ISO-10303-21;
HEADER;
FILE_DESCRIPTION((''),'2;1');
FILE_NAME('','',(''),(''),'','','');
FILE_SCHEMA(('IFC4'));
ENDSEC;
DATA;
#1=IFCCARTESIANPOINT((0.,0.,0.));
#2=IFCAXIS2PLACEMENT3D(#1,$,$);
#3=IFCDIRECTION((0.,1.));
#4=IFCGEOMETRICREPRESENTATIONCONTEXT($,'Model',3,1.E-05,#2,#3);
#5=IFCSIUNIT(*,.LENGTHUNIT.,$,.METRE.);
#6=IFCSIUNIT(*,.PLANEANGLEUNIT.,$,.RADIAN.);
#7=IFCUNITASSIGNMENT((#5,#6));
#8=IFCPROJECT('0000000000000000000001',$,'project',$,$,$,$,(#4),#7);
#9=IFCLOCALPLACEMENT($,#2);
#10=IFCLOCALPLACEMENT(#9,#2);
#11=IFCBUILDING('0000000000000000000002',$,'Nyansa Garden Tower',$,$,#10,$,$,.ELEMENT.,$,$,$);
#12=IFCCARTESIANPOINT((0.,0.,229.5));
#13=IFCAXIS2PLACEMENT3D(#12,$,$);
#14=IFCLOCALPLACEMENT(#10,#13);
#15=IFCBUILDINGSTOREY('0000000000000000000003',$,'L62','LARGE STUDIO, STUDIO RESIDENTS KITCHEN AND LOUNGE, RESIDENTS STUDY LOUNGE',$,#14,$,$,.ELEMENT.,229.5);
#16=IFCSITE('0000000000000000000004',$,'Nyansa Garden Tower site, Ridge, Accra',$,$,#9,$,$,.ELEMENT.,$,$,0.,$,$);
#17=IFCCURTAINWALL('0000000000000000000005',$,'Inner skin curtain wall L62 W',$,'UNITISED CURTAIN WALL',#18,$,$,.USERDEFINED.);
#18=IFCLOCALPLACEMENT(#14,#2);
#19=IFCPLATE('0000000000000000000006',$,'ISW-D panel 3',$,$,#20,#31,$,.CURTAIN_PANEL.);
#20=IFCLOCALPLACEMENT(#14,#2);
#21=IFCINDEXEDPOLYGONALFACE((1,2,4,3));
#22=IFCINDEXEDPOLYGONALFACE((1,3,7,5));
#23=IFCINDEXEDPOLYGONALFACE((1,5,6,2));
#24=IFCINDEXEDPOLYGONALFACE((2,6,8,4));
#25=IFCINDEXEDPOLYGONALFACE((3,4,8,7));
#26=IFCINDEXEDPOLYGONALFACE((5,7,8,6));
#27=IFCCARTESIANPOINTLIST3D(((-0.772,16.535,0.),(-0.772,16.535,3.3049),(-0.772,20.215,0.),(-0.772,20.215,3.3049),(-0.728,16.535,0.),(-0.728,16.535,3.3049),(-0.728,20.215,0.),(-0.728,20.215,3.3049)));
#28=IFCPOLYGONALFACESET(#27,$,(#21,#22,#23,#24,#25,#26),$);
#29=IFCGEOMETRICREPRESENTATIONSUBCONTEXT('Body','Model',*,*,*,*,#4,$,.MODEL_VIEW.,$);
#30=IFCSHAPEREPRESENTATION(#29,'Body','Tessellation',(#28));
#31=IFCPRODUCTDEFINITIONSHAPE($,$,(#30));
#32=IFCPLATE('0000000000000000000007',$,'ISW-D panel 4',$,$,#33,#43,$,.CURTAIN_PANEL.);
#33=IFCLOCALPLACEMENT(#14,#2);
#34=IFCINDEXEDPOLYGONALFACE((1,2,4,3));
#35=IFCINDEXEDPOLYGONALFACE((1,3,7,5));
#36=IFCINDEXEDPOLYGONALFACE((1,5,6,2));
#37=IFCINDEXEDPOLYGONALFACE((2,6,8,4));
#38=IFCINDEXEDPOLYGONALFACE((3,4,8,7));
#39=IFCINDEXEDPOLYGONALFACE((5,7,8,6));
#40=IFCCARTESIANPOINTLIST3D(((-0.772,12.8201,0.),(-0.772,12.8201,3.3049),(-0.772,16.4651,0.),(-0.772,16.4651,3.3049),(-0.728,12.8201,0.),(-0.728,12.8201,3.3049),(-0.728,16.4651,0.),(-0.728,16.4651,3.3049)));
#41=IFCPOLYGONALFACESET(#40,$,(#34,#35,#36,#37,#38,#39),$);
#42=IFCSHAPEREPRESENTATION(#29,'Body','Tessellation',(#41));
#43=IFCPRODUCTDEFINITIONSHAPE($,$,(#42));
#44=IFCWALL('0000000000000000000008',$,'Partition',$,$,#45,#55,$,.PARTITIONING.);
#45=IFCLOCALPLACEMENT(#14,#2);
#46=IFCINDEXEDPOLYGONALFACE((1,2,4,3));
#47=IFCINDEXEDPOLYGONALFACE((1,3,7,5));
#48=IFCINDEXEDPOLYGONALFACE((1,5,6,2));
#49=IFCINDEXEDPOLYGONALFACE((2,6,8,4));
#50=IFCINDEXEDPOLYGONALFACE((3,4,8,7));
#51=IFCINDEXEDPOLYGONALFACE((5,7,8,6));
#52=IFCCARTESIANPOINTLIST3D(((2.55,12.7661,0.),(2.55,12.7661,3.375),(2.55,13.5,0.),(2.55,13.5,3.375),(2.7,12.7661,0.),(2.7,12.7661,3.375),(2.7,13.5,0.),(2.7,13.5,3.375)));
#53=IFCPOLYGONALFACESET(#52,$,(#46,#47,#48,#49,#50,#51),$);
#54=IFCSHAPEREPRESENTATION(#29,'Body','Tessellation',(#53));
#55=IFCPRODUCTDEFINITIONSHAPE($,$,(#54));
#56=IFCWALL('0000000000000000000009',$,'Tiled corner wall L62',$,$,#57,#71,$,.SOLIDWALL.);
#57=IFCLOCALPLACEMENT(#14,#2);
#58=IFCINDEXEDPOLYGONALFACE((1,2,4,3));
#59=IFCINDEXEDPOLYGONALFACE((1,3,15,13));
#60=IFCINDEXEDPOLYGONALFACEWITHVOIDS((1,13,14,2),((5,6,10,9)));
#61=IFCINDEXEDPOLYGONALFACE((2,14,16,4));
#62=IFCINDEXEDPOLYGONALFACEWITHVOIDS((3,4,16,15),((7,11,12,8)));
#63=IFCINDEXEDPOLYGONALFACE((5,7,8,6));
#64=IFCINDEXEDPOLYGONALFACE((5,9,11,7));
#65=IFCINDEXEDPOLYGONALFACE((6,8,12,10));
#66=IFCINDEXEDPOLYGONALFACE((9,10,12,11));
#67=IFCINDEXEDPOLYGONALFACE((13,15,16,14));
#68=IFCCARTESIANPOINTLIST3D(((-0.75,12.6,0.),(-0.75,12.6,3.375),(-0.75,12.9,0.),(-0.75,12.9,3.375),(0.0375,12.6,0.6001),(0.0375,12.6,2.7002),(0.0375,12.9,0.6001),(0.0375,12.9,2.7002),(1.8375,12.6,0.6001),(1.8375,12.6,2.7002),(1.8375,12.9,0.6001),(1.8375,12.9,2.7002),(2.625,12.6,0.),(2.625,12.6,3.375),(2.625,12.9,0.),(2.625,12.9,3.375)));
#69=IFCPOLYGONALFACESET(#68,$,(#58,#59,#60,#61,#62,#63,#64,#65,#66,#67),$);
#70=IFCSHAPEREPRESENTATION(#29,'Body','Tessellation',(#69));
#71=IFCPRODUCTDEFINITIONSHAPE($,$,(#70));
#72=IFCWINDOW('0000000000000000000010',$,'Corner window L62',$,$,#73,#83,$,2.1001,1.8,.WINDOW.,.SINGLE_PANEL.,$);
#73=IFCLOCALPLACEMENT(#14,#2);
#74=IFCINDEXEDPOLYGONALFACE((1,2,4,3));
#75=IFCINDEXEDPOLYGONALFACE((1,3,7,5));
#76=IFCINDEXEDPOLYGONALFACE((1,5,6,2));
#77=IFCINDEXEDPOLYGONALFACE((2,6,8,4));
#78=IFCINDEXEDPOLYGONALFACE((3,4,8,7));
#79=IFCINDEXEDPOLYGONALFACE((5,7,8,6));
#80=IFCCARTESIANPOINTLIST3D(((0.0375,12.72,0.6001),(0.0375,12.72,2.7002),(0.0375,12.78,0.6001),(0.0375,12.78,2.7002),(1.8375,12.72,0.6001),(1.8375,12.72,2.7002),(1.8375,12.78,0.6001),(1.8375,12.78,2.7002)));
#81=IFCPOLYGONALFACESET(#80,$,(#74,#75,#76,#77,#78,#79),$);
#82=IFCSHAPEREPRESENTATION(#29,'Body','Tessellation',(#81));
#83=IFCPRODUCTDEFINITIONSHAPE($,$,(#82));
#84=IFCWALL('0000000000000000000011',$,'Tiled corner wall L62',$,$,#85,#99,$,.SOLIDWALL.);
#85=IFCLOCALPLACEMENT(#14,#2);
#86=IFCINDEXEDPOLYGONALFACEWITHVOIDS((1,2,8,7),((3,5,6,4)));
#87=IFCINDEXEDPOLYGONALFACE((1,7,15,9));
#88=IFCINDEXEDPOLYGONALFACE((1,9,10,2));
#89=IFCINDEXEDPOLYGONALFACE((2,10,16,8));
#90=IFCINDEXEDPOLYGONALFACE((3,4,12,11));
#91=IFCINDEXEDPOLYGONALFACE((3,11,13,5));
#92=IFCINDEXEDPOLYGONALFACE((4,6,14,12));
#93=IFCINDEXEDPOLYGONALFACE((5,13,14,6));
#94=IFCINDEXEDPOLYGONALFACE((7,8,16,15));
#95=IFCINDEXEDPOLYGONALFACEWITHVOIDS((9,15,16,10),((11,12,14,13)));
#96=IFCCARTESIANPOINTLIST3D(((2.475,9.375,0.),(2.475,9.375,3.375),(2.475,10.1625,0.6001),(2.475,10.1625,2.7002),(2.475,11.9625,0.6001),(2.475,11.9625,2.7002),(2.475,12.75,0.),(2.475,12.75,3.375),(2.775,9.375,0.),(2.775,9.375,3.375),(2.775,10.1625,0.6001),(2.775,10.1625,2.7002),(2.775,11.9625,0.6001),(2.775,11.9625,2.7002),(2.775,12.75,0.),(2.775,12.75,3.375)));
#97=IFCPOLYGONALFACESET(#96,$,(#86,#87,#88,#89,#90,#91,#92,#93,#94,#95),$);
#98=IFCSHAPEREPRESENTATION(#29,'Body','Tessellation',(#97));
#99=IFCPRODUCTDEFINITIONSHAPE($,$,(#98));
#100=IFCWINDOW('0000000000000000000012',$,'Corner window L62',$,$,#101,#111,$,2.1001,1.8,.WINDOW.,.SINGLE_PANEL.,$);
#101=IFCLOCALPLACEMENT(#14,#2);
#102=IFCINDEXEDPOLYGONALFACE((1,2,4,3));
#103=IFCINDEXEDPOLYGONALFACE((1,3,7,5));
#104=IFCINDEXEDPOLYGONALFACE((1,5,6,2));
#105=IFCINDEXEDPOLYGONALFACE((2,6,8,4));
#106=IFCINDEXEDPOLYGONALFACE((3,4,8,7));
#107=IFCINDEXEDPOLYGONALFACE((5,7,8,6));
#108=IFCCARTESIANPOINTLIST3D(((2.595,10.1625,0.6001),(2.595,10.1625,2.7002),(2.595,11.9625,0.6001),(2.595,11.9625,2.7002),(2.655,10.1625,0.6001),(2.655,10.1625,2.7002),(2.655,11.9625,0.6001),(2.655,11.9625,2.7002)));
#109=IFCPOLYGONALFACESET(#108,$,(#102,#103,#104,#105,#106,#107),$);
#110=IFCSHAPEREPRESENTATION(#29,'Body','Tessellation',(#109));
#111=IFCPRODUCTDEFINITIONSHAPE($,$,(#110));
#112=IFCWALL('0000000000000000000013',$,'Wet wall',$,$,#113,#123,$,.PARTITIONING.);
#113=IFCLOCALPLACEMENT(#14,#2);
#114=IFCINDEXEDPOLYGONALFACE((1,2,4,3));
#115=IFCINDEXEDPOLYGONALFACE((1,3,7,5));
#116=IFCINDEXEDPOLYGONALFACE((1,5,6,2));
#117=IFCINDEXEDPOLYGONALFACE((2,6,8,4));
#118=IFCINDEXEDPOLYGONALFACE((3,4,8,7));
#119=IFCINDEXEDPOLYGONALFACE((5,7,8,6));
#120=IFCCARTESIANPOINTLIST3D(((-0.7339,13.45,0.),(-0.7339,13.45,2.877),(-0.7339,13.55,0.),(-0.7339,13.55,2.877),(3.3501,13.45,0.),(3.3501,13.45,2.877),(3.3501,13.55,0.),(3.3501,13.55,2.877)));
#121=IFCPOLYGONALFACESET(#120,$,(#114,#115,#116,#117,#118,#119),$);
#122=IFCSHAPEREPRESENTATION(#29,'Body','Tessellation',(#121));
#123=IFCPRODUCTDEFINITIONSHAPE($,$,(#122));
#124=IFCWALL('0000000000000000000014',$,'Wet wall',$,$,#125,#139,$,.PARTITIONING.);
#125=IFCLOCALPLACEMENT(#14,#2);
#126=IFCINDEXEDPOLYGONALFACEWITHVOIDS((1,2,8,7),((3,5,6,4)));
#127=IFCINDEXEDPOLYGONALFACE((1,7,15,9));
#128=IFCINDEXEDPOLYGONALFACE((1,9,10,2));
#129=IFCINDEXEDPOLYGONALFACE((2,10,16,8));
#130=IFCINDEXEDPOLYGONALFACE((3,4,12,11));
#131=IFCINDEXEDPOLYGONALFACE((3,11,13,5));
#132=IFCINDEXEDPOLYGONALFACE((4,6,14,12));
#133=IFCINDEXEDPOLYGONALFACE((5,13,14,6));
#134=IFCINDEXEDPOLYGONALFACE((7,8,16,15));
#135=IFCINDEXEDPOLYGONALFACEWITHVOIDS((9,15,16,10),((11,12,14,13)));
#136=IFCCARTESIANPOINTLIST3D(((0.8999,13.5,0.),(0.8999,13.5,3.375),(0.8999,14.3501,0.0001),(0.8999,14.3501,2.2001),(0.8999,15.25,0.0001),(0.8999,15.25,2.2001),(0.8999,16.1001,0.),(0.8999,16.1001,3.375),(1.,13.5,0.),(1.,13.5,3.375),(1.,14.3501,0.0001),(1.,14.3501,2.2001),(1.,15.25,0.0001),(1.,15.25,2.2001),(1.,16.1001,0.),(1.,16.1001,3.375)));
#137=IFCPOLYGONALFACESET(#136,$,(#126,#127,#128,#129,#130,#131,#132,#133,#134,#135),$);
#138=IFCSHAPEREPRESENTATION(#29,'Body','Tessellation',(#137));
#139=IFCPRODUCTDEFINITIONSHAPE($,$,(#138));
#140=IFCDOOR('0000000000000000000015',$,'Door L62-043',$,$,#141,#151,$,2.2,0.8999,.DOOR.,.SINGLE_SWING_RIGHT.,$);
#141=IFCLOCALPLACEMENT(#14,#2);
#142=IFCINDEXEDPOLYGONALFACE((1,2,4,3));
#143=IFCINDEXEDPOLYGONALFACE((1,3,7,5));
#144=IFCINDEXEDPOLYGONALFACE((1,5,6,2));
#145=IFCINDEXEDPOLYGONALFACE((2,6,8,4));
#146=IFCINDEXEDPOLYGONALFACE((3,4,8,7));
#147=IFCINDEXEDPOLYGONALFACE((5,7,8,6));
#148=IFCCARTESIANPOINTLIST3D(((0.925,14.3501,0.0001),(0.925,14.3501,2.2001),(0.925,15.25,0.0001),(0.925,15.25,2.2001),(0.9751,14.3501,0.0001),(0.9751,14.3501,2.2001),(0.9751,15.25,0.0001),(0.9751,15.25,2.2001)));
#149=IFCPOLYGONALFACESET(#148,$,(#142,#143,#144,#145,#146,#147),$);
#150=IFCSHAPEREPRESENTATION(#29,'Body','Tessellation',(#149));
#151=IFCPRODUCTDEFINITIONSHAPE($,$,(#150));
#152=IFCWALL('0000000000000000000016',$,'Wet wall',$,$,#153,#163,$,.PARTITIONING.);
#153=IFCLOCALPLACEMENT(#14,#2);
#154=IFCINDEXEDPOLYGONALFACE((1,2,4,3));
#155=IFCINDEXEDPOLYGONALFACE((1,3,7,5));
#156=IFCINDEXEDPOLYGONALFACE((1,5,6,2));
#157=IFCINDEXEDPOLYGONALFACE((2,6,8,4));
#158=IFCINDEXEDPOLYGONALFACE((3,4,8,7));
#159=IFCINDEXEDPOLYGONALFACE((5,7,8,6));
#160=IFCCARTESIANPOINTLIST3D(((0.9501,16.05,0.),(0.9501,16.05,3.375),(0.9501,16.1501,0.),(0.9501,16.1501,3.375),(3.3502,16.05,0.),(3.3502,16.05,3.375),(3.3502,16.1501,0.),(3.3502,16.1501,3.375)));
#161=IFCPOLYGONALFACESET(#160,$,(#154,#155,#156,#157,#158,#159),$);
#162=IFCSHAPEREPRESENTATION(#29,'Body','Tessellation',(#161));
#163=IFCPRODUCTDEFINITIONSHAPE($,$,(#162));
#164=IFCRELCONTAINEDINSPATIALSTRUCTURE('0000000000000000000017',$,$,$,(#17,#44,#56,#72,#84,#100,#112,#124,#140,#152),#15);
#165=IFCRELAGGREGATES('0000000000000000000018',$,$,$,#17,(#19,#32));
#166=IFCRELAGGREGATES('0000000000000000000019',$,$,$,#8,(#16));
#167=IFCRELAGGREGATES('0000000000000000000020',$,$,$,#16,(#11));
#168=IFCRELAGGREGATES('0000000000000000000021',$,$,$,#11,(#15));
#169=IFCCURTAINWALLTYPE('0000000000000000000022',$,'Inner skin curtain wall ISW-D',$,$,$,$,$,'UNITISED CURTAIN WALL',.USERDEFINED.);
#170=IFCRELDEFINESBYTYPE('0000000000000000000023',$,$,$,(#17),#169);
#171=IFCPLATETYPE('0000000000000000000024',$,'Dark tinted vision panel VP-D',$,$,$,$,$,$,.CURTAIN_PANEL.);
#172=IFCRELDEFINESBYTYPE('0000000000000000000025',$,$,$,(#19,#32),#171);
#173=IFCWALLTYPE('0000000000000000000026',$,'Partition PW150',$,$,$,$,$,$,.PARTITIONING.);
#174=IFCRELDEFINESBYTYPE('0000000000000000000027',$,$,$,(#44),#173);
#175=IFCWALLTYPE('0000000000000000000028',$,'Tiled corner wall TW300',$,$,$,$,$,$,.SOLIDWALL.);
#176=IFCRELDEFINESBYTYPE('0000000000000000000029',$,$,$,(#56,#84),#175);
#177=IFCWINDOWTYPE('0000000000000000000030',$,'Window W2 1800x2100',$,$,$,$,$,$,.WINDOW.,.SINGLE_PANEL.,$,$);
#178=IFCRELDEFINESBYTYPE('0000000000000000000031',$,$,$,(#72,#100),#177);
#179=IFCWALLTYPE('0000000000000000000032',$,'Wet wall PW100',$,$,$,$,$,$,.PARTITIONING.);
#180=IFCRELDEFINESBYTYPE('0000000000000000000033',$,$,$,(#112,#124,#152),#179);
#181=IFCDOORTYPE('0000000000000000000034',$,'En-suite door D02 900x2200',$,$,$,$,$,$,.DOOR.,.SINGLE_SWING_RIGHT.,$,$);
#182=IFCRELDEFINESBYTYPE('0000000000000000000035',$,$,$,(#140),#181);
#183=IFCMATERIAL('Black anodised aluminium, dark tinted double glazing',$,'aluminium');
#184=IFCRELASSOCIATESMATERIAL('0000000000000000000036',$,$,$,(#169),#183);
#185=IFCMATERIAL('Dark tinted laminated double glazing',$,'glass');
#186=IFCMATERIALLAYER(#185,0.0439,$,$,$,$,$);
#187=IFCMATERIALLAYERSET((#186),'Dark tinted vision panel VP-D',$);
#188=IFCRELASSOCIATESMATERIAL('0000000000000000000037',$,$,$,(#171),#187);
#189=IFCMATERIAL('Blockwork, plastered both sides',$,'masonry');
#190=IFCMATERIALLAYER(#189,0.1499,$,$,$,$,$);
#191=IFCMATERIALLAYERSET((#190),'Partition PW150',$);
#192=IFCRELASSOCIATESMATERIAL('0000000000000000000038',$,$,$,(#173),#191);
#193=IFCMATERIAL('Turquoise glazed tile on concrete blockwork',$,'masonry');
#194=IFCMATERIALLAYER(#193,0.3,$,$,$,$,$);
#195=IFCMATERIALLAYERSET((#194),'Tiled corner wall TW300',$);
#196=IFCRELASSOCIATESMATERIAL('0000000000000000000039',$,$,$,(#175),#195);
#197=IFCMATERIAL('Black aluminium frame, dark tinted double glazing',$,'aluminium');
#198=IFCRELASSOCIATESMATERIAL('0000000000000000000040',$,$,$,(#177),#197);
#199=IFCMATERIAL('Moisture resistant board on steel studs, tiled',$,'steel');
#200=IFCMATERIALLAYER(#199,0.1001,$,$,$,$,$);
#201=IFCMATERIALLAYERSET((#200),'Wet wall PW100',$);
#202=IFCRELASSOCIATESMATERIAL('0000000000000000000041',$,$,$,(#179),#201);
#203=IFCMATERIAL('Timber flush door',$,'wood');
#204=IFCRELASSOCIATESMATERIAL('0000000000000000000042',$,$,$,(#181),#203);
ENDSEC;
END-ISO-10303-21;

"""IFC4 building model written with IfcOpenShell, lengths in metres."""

from ifc_helpers import new_model, si_unit, direction, frame, frame_2d, origin, origin_2d, place, context, subcontext, project, spatial, rectangle, extrude, material, layer, layer_set, type_object, element, fill, aggregate, save


model = new_model("IFC4")

# Units and contexts
model_context = context("Model", 3, precision=1e-05, world=origin(), true_north=direction((0.0, 1.0)))
body_context = subcontext(model_context, "Body", "Model", "MODEL_VIEW")
ifc_project = project(units=[si_unit("LENGTHUNIT", "METRE"), si_unit("PLANEANGLEUNIT", "RADIAN")], contexts=[model_context])

# Site, building, storey
site_placement = place(None, origin())
site = spatial("IfcSite", under=ifc_project, at=site_placement, Name="Nyansa Garden Tower site, Ridge, Accra", CompositionType="ELEMENT", RefElevation=0.0)
building_placement = place(site_placement, origin())
building = spatial("IfcBuilding", under=site, at=building_placement, Name="Nyansa Garden Tower", CompositionType="ELEMENT")
storey_placement = place(building_placement, frame((0.0, 0.0, 229.5)))
storey = spatial("IfcBuildingStorey", under=building, at=storey_placement, Name="L62", Description="LARGE STUDIO, STUDIO RESIDENTS KITCHEN AND LOUNGE, RESIDENTS STUDY LOUNGE", CompositionType="ELEMENT", Elevation=229.5)

# Curtain wall
ifc_material_1 = material(Name="Black anodised aluminium, dark tinted double glazing", Category="aluminium")
curtain_wall_type = type_object("IfcCurtainWallType", Name="Inner skin curtain wall ISW-D", ElementType="UNITISED CURTAIN WALL", PredefinedType="USERDEFINED", material=ifc_material_1)
curtain_wall_placement = place(storey_placement, origin())
curtain_wall = element("IfcCurtainWall", 1, at=curtain_wall_placement, inside=storey, type_object=curtain_wall_type, Name="Inner skin curtain wall L62 W", ObjectType="UNITISED CURTAIN WALL", PredefinedType="USERDEFINED")

# Plates
ifc_material_2 = material(Name="Dark tinted laminated double glazing", Category="glass")
ifc_layer_1 = layer(ifc_material_2, 0.0439)
ifc_layer_set_1 = layer_set([ifc_layer_1], Name="Dark tinted vision panel VP-D")
plate_type = type_object("IfcPlateType", Name="Dark tinted vision panel VP-D", PredefinedType="CURTAIN_PANEL", material=ifc_layer_set_1)
plate_1_placement = place(storey_placement, frame((-0.75, 18.375, 0.0), z_axis=(0.0, 0.0, 1.0), x_axis=(0.0, -1.0, 0.0)))
plate_1 = element("IfcPlate", 2, at=plate_1_placement, type_object=plate_type, Name="ISW-D panel 3", PredefinedType="CURTAIN_PANEL", context=body_context, shape_type="SweptSolid", body=[
    extrude(rectangle(XDim=3.6799, YDim=0.0439, at=origin_2d()), origin(), (0.0, 0.0, 1.0), 3.3049),
])
plate_2_placement = place(storey_placement, frame((-0.75, 14.6426, 0.0), z_axis=(0.0, 0.0, 1.0), x_axis=(0.0, -1.0, 0.0)))
plate_2 = element("IfcPlate", 3, at=plate_2_placement, type_object=plate_type, Name="ISW-D panel 4", PredefinedType="CURTAIN_PANEL", context=body_context, shape_type="SweptSolid", body=[
    extrude(rectangle(XDim=3.645, YDim=0.0439, at=origin_2d()), origin(), (0.0, 0.0, 1.0), 3.3049),
])
aggregate(curtain_wall, [plate_1, plate_2])

# Wall
ifc_material_3 = material(Name="Blockwork, plastered both sides", Category="masonry")
ifc_layer_2 = layer(ifc_material_3, 0.1499)
ifc_layer_set_2 = layer_set([ifc_layer_2], Name="Partition PW150")
wall_type_1 = type_object("IfcWallType", Name="Partition PW150", PredefinedType="PARTITIONING", material=ifc_layer_set_2)
wall_1_placement = place(storey_placement, frame((2.625, 12.7661, 0.0), z_axis=(0.0, 0.0, 1.0), x_axis=(0.0, 1.0, 0.0)))
element("IfcWall", 4, at=wall_1_placement, inside=storey, type_object=wall_type_1, Name="Partition", PredefinedType="PARTITIONING", context=body_context, shape_type="SweptSolid", body=[
    extrude(rectangle(XDim=0.7339, YDim=0.1499, at=frame_2d((0.3669, 0.0))), origin(), (0.0, 0.0, 1.0), 3.375),
])

# Walls, openings, windows
ifc_material_4 = material(Name="Turquoise glazed tile on concrete blockwork", Category="masonry")
ifc_layer_3 = layer(ifc_material_4, 0.3)
ifc_layer_set_3 = layer_set([ifc_layer_3], Name="Tiled corner wall TW300")
wall_type_2 = type_object("IfcWallType", Name="Tiled corner wall TW300", PredefinedType="SOLIDWALL", material=ifc_layer_set_3)
wall_2_placement = place(storey_placement, frame((-0.75, 12.75, 0.0), z_axis=(0.0, 0.0, 1.0), x_axis=(1.0, 0.0, 0.0)))
wall_2 = element("IfcWall", 5, at=wall_2_placement, inside=storey, type_object=wall_type_2, Name="Tiled corner wall L62", PredefinedType="SOLIDWALL", context=body_context, shape_type="SweptSolid", body=[
    extrude(rectangle(XDim=3.375, YDim=0.3, at=frame_2d((1.6875, 0.0))), origin(), (0.0, 0.0, 1.0), 3.375),
])
opening_1_placement = place(wall_2_placement, frame((0.7876, 0.0, 0.6001)))
opening_1 = element("IfcOpeningElement", 6, at=opening_1_placement, cuts=wall_2, PredefinedType="OPENING", context=body_context, shape_type="SweptSolid", body=[
    extrude(rectangle(XDim=1.8, YDim=2.1001, at=frame_2d((0.8999, 1.05))), frame((0.0, 0.1599, 0.0), z_axis=(0.0, -1.0, 0.0), x_axis=(1.0, 0.0, 0.0)), (0.0, 0.0, 1.0), 0.3201),
])
ifc_material_5 = material(Name="Black aluminium frame, dark tinted double glazing", Category="aluminium")
window_type = type_object("IfcWindowType", Name="Window W2 1800x2100", PartitioningType="SINGLE_PANEL", PredefinedType="WINDOW", material=ifc_material_5)
window_1_placement = place(opening_1_placement, origin())
window_1 = element("IfcWindow", 7, at=window_1_placement, inside=storey, type_object=window_type, Name="Corner window L62", OverallHeight=2.1001, OverallWidth=1.8, PartitioningType="SINGLE_PANEL", PredefinedType="WINDOW", context=body_context, shape_type="SweptSolid", body=[
    extrude(rectangle(XDim=1.8, YDim=2.1001, at=frame_2d((0.8999, 1.05))), frame((0.0, 0.03, 0.0), z_axis=(0.0, -1.0, 0.0), x_axis=(1.0, 0.0, 0.0)), (0.0, 0.0, 1.0), 0.0601),
])
fill(opening_1, window_1)
wall_3_placement = place(storey_placement, frame((2.625, 12.75, 0.0), z_axis=(0.0, 0.0, 1.0), x_axis=(0.0, -1.0, 0.0)))
wall_3 = element("IfcWall", 8, at=wall_3_placement, inside=storey, type_object=wall_type_2, Name="Tiled corner wall L62", PredefinedType="SOLIDWALL", context=body_context, shape_type="SweptSolid", body=[
    extrude(rectangle(XDim=3.375, YDim=0.3, at=frame_2d((1.6875, 0.0))), origin(), (0.0, 0.0, 1.0), 3.375),
])
opening_2_placement = place(wall_3_placement, frame((0.7876, 0.0, 0.6001)))
opening_2 = element("IfcOpeningElement", 9, at=opening_2_placement, cuts=wall_3, PredefinedType="OPENING", context=body_context, shape_type="SweptSolid", body=[
    extrude(rectangle(XDim=1.8, YDim=2.1001, at=frame_2d((0.8999, 1.05))), frame((0.0, 0.1599, 0.0), z_axis=(0.0, -1.0, 0.0), x_axis=(1.0, 0.0, 0.0)), (0.0, 0.0, 1.0), 0.3201),
])
window_2_placement = place(opening_2_placement, origin())
window_2 = element("IfcWindow", 10, at=window_2_placement, inside=storey, type_object=window_type, Name="Corner window L62", OverallHeight=2.1001, OverallWidth=1.8, PartitioningType="SINGLE_PANEL", PredefinedType="WINDOW", context=body_context, shape_type="SweptSolid", body=[
    extrude(rectangle(XDim=1.8, YDim=2.1001, at=frame_2d((0.8999, 1.05))), frame((0.0, 0.03, 0.0), z_axis=(0.0, -1.0, 0.0), x_axis=(1.0, 0.0, 0.0)), (0.0, 0.0, 1.0), 0.0601),
])
fill(opening_2, window_2)

# Wall
ifc_material_6 = material(Name="Moisture resistant board on steel studs, tiled", Category="steel")
ifc_layer_4 = layer(ifc_material_6, 0.1001)
ifc_layer_set_4 = layer_set([ifc_layer_4], Name="Wet wall PW100")
wall_type_3 = type_object("IfcWallType", Name="Wet wall PW100", PredefinedType="PARTITIONING", material=ifc_layer_set_4)
wall_4_placement = place(storey_placement, frame((-0.7339, 13.5, 0.0), z_axis=(0.0, 0.0, 1.0), x_axis=(1.0, 0.0, 0.0)))
element("IfcWall", 11, at=wall_4_placement, inside=storey, type_object=wall_type_3, Name="Wet wall", PredefinedType="PARTITIONING", context=body_context, shape_type="SweptSolid", body=[
    extrude(rectangle(XDim=4.084, YDim=0.1001, at=frame_2d((2.042, 0.0))), origin(), (0.0, 0.0, 1.0), 2.877),
])

# Wall, opening, door
wall_5_placement = place(storey_placement, frame((0.95, 13.5, 0.0), z_axis=(0.0, 0.0, 1.0), x_axis=(0.0, 1.0, 0.0)))
wall_5 = element("IfcWall", 12, at=wall_5_placement, inside=storey, type_object=wall_type_3, Name="Wet wall", PredefinedType="PARTITIONING", context=body_context, shape_type="SweptSolid", body=[
    extrude(rectangle(XDim=2.6001, YDim=0.1001, at=frame_2d((1.3, 0.0))), origin(), (0.0, 0.0, 1.0), 3.375),
])
opening_3_placement = place(wall_5_placement, frame((0.8501, 0.0, 0.0)))
opening_3 = element("IfcOpeningElement", 13, at=opening_3_placement, cuts=wall_5, PredefinedType="OPENING", context=body_context, shape_type="SweptSolid", body=[
    extrude(rectangle(XDim=0.8999, YDim=2.2, at=frame_2d((0.45, 1.1001))), frame((0.0, 0.0601, 0.0), z_axis=(0.0, -1.0, 0.0), x_axis=(1.0, 0.0, 0.0)), (0.0, 0.0, 1.0), 0.1201),
])
ifc_material_7 = material(Name="Timber flush door", Category="wood")
door_type = type_object("IfcDoorType", Name="En-suite door D02 900x2200", OperationType="SINGLE_SWING_RIGHT", PredefinedType="DOOR", material=ifc_material_7)
door_placement = place(opening_3_placement, origin())
door = element("IfcDoor", 14, at=door_placement, inside=storey, type_object=door_type, Name="Door L62-043", OperationType="SINGLE_SWING_RIGHT", OverallHeight=2.2, OverallWidth=0.8999, PredefinedType="DOOR", context=body_context, shape_type="SweptSolid", body=[
    extrude(rectangle(XDim=0.8999, YDim=2.2, at=frame_2d((0.45, 1.1001))), frame((0.0, 0.0249, 0.0), z_axis=(0.0, -1.0, 0.0), x_axis=(1.0, 0.0, 0.0)), (0.0, 0.0, 1.0), 0.05),
])
fill(opening_3, door)

# Wall
wall_6_placement = place(storey_placement, frame((0.95, 16.1001, 0.0), z_axis=(0.0, 0.0, 1.0), x_axis=(1.0, 0.0, 0.0)))
element("IfcWall", 15, at=wall_6_placement, inside=storey, type_object=wall_type_3, Name="Wet wall", PredefinedType="PARTITIONING", context=body_context, shape_type="SweptSolid", body=[
    extrude(rectangle(XDim=2.4001, YDim=0.1001, at=frame_2d((1.2002, 0.0))), origin(), (0.0, 0.0, 1.0), 3.375),
])

save(model, "model.ifc")
